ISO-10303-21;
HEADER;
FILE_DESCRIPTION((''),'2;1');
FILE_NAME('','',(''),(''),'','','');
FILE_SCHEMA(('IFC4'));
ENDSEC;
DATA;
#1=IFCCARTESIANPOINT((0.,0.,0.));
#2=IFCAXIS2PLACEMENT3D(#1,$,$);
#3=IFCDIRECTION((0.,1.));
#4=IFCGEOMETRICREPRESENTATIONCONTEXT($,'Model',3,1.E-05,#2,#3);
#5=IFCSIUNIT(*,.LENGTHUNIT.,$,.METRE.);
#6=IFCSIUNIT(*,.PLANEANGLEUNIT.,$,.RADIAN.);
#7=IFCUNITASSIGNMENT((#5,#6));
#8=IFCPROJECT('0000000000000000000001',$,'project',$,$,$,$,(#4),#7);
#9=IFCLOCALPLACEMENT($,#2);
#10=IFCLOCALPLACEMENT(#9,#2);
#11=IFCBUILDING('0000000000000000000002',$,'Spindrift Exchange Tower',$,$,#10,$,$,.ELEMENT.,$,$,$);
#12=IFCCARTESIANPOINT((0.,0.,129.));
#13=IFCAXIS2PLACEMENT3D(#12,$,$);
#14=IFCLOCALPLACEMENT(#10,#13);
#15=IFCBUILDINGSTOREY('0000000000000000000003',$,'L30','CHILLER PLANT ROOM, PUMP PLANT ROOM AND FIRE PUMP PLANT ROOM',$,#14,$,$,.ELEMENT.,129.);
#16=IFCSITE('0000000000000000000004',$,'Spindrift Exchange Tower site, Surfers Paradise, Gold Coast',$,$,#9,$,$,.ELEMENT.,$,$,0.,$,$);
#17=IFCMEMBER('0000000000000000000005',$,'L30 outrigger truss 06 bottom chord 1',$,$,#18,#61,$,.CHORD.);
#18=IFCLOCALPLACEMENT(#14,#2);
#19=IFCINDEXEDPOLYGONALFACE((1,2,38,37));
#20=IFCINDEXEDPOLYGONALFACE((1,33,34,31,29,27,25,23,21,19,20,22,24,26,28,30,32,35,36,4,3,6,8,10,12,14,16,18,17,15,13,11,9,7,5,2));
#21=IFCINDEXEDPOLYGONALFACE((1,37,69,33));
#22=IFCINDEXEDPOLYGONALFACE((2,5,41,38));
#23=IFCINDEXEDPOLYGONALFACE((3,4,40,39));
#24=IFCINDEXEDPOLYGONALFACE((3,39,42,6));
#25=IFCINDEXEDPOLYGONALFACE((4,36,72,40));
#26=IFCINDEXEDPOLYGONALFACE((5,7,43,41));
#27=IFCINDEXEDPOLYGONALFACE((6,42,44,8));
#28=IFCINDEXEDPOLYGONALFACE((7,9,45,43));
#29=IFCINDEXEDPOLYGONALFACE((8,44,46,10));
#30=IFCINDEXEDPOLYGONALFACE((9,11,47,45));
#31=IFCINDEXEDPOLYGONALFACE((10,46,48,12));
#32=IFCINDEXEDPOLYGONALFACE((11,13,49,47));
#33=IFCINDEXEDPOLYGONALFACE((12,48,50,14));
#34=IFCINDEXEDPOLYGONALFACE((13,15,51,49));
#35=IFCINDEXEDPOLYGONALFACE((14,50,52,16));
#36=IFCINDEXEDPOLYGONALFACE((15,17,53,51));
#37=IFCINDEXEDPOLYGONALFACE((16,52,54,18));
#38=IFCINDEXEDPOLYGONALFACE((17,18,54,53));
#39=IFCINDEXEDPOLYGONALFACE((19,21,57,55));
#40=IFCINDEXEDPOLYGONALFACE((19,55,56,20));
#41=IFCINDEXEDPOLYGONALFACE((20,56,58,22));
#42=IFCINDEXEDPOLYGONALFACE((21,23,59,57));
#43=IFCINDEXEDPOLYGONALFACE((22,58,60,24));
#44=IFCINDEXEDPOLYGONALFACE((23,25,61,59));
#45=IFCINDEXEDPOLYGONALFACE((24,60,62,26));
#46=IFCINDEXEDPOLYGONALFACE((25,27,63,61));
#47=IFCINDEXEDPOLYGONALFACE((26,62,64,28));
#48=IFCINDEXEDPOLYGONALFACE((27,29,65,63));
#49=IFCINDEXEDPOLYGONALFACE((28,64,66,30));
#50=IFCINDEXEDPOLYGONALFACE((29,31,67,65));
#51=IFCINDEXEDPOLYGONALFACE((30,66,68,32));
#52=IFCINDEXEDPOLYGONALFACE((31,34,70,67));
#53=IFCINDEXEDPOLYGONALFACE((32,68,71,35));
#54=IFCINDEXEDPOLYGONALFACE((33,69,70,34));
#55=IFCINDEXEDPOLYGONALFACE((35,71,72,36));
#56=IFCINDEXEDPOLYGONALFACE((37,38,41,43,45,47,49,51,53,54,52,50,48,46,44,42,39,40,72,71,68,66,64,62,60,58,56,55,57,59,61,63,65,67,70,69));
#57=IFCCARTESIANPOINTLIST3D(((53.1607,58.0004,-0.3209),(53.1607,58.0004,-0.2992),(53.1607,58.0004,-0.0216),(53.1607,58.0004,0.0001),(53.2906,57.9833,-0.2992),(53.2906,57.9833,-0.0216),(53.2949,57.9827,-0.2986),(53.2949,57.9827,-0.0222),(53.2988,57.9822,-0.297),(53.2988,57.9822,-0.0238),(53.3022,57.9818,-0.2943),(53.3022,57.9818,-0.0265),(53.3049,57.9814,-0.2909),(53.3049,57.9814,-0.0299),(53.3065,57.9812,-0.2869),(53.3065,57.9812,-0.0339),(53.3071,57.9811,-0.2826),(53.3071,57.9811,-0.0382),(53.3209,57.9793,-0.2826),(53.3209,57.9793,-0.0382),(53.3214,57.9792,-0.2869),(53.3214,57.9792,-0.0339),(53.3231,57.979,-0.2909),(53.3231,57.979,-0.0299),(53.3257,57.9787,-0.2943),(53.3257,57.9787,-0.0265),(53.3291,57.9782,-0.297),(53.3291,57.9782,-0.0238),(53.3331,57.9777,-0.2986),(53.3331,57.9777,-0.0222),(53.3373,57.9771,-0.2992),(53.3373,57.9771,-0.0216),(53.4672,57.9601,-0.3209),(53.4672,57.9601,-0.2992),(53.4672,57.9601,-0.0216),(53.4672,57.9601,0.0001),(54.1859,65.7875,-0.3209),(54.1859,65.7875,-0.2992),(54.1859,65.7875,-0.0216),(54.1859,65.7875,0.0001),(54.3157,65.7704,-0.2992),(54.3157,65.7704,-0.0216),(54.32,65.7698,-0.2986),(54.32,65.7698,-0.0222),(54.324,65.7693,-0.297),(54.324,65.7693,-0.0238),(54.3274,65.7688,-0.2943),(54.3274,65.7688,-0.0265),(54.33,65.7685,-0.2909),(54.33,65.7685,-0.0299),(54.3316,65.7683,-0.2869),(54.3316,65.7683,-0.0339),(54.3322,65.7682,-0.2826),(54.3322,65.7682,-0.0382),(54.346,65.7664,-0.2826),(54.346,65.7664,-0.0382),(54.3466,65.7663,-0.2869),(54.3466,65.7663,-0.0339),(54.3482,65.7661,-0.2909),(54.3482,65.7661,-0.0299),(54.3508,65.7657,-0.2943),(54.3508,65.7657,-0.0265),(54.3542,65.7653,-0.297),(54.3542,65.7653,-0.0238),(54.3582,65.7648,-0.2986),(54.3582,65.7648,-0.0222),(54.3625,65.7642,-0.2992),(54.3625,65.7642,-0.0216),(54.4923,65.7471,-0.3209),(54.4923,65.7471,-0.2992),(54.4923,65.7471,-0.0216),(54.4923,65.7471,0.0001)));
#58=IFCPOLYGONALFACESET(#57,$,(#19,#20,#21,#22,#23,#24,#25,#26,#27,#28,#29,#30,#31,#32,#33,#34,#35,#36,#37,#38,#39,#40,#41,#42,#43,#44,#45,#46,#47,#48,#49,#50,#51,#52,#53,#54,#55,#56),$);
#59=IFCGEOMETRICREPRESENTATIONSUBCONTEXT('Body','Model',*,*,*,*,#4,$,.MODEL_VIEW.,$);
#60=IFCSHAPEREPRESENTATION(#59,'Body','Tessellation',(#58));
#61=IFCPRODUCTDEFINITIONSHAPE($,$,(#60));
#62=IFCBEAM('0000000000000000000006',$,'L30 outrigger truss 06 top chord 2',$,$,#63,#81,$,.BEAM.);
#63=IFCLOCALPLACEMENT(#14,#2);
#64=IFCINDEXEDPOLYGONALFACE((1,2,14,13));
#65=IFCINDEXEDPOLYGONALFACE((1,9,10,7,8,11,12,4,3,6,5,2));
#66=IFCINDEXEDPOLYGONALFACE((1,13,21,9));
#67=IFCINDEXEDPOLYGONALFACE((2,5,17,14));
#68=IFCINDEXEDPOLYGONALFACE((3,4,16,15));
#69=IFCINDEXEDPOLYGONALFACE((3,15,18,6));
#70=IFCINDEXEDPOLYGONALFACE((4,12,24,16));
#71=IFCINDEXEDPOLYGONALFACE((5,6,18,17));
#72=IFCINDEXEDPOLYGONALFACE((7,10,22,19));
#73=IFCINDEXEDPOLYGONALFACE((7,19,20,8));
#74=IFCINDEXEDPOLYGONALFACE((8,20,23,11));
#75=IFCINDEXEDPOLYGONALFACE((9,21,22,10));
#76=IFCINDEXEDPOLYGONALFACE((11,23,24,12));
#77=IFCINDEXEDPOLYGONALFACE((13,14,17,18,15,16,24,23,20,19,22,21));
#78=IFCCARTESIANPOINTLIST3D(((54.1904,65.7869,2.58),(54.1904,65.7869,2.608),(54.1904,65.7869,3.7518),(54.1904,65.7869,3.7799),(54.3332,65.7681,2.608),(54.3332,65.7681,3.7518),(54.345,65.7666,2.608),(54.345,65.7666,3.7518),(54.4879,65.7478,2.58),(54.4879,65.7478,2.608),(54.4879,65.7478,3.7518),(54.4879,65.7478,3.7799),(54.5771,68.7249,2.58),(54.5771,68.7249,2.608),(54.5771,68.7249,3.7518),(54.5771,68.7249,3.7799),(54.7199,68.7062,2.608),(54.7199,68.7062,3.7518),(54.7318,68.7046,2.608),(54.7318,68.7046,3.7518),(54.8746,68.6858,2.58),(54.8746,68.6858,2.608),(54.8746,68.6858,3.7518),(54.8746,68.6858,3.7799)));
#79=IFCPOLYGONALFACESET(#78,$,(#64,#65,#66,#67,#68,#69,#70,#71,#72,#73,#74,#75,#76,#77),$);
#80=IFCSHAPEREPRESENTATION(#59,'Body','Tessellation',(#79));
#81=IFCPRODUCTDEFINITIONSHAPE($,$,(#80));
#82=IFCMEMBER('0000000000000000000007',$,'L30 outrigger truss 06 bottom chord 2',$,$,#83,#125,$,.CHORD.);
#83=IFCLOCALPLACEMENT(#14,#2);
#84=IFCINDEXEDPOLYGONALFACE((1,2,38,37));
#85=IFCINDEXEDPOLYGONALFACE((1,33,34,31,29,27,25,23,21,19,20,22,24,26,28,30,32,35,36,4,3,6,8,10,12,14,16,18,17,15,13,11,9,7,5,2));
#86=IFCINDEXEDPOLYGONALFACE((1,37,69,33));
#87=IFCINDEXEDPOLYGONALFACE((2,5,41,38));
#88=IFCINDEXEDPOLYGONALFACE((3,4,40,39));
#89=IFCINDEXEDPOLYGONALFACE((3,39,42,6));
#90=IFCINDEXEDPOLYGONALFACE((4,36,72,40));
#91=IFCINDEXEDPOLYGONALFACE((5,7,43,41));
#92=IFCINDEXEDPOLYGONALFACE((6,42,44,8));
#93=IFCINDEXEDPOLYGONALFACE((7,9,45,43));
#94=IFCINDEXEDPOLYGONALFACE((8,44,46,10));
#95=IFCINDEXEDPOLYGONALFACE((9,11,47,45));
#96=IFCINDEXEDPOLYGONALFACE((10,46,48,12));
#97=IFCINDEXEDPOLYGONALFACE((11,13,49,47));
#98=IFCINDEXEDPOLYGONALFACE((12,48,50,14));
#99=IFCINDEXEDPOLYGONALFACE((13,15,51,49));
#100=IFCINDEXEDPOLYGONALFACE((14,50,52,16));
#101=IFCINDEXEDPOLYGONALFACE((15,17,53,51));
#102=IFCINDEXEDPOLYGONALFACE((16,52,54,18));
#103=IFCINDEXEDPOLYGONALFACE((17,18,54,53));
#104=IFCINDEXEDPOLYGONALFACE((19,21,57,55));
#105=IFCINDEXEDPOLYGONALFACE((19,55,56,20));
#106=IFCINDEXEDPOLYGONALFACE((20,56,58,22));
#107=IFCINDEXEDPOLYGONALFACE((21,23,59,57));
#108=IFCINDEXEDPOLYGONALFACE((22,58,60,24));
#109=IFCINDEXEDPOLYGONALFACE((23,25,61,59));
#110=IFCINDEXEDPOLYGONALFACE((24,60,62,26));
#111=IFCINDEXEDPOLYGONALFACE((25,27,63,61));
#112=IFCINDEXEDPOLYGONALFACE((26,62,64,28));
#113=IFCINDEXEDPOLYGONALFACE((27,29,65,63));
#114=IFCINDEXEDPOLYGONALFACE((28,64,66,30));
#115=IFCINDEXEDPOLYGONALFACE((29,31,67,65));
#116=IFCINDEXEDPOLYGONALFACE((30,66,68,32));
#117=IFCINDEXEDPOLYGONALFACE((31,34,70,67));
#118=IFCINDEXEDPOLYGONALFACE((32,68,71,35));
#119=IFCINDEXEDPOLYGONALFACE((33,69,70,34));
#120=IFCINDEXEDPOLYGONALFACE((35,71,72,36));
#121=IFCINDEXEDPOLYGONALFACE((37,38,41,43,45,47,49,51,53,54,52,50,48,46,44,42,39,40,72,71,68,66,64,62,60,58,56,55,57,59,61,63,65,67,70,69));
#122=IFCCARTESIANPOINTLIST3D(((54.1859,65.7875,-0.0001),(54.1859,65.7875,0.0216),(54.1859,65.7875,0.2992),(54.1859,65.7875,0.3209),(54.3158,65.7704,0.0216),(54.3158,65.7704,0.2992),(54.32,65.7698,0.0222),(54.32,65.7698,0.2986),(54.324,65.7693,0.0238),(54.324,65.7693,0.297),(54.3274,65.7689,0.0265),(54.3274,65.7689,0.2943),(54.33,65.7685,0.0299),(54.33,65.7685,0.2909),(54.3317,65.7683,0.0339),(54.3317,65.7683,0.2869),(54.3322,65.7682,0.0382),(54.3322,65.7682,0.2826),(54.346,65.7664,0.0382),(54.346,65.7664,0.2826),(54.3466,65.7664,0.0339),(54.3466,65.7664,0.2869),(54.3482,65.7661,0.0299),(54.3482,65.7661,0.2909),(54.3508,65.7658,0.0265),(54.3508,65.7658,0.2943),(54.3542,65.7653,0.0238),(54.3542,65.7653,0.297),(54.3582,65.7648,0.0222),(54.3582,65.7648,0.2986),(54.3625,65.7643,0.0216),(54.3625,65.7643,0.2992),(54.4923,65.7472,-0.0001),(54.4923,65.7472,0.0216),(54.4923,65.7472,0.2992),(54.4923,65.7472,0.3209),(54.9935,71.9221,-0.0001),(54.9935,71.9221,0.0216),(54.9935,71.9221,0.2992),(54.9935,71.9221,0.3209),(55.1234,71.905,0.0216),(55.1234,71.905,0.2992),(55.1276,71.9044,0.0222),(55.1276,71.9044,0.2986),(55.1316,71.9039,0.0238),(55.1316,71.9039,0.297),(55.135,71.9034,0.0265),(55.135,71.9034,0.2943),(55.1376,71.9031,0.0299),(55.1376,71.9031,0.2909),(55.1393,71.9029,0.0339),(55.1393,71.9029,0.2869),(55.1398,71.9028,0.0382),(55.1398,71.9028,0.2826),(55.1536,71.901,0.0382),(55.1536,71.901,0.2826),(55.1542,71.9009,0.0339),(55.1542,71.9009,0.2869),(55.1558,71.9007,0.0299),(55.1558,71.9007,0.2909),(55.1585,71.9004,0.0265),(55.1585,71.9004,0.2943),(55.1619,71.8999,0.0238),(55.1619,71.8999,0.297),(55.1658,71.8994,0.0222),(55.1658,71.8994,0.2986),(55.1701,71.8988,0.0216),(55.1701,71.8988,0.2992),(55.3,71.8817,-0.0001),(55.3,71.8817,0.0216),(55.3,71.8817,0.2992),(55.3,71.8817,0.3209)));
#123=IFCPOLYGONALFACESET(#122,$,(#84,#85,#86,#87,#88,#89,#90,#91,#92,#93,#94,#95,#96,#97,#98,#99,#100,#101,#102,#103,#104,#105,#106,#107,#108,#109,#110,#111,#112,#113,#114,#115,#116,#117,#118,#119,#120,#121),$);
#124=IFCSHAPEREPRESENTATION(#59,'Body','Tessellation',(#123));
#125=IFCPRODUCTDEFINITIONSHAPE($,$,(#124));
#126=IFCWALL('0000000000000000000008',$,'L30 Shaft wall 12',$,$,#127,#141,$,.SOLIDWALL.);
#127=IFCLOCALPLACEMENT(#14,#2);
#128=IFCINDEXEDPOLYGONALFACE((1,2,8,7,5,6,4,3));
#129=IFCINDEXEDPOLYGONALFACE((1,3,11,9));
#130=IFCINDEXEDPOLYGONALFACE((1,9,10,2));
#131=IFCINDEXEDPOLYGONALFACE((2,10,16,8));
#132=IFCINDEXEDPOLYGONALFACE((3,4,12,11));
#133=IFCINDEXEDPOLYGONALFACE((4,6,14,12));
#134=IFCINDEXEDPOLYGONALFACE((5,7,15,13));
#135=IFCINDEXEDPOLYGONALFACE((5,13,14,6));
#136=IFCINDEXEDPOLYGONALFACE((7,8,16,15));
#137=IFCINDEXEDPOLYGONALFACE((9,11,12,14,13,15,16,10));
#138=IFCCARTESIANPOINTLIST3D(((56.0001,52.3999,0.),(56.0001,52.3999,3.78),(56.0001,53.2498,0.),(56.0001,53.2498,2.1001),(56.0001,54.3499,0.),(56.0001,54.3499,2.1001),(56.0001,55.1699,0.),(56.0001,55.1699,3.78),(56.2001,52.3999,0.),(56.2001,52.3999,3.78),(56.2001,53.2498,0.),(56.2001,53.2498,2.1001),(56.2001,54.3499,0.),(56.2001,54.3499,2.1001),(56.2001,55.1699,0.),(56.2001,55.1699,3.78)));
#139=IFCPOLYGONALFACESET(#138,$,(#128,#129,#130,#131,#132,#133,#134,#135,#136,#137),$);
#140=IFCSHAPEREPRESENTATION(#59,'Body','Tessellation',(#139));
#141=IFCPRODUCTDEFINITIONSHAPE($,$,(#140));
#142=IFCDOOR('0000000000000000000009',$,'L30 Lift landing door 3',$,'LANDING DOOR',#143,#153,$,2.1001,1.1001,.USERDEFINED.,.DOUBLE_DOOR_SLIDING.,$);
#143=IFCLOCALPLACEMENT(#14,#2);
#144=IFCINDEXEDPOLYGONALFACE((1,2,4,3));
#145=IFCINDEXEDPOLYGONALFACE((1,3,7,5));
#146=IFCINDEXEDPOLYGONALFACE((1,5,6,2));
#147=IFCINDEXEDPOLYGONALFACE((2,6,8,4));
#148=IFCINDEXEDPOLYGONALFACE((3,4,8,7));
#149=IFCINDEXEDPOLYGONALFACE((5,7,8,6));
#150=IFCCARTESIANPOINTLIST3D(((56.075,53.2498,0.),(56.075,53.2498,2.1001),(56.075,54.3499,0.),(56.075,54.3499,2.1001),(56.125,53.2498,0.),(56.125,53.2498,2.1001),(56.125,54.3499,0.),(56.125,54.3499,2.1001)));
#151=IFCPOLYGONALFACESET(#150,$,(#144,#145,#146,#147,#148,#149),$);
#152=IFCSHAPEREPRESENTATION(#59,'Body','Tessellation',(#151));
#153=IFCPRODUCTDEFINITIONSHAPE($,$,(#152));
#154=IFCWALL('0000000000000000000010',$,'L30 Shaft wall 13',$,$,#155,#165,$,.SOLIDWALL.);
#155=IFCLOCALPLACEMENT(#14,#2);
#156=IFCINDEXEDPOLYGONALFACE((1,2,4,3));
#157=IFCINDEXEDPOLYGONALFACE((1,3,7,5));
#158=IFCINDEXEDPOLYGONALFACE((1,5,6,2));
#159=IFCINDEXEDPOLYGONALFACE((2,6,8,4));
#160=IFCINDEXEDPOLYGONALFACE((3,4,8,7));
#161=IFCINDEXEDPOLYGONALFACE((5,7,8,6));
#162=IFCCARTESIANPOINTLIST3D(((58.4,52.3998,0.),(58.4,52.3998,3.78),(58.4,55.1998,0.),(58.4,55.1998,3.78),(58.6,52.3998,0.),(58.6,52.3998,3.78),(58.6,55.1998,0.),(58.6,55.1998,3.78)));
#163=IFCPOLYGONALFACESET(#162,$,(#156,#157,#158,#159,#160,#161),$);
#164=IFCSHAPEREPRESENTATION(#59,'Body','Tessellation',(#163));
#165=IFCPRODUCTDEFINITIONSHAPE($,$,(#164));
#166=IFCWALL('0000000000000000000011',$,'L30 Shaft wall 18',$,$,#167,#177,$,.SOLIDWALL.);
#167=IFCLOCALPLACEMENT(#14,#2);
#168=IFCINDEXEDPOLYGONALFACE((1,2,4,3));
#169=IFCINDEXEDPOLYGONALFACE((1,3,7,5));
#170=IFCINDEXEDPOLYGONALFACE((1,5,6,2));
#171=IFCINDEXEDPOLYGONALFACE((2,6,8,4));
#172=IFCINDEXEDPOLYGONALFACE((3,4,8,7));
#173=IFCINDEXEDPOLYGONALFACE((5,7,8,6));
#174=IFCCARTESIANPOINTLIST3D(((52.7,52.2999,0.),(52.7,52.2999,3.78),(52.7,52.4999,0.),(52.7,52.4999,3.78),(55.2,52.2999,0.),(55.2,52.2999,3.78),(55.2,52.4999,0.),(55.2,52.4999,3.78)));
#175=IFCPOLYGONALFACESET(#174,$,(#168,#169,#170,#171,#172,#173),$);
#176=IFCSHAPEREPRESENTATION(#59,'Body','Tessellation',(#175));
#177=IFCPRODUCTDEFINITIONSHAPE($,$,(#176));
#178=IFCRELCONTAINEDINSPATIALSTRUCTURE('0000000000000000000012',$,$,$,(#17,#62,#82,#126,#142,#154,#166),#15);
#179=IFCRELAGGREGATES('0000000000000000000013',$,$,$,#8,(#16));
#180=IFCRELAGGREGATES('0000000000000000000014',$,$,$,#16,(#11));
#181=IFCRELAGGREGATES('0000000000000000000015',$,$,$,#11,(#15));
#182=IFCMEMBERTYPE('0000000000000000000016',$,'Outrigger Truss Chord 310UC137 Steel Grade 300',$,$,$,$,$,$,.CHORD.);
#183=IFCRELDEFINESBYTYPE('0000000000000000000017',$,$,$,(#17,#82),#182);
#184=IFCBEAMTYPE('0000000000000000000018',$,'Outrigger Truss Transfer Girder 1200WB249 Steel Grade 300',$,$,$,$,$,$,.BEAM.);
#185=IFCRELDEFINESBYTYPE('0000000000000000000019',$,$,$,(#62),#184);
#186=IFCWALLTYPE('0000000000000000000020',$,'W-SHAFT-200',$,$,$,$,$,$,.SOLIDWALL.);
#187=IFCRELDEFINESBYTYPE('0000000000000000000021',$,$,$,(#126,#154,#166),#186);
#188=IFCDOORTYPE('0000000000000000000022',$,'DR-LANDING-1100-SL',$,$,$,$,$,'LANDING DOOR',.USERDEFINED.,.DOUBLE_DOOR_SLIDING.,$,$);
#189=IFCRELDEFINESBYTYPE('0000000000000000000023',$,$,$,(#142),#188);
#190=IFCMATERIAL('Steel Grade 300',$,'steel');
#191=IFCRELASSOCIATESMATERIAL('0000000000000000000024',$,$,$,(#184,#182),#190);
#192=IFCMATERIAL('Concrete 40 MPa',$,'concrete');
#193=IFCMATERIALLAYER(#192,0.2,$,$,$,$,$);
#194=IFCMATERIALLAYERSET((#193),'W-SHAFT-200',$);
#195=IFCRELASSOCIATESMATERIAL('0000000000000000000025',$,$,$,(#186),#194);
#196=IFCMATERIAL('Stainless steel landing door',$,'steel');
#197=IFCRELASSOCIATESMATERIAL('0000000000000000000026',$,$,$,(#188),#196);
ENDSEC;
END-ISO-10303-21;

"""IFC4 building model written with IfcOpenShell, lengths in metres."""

from ifc_helpers import new_model, si_unit, direction, frame, frame_2d, origin, origin_2d, place, context, subcontext, project, spatial, rectangle, i_section, extrude, source, transform, mapped, material, layer, layer_set, material_profile, profile_set, type_object, element, fill, save


model = new_model("IFC4")

# Units and contexts
model_context = context("Model", 3, precision=1e-05, world=origin(), true_north=direction((0.0, 1.0)))
body_context = subcontext(model_context, "Body", "Model", "MODEL_VIEW")
ifc_project = project(units=[si_unit("LENGTHUNIT", "METRE"), si_unit("PLANEANGLEUNIT", "RADIAN")], contexts=[model_context])

# Site, building, storey
site_placement = place(None, origin())
site = spatial("IfcSite", under=ifc_project, at=site_placement, Name="Spindrift Exchange Tower site, Surfers Paradise, Gold Coast", CompositionType="ELEMENT", RefElevation=0.0)
building_placement = place(site_placement, origin())
building = spatial("IfcBuilding", under=site, at=building_placement, Name="Spindrift Exchange Tower", CompositionType="ELEMENT")
storey_placement = place(building_placement, frame((0.0, 0.0, 129.0)))
storey = spatial("IfcBuildingStorey", under=building, at=storey_placement, Name="L30", Description="CHILLER PLANT ROOM, PUMP PLANT ROOM AND FIRE PUMP PLANT ROOM", CompositionType="ELEMENT", Elevation=129.0)

# Shared definitions
ifc_material_1 = material(Name="Steel Grade 300", Category="steel")
ifc_material_profile_1 = material_profile(ifc_material_1, i_section(OverallWidth=0.3, OverallDepth=1.2, WebThickness=0.012, FlangeThickness=0.0281, at=origin_2d()), Name="1200WB249")
ifc_profile_set_1 = profile_set([ifc_material_profile_1], Name="Steel Grade 300")
beam_type = type_object("IfcBeamType", Name="Outrigger Truss Transfer Girder 1200WB249 Steel Grade 300", PredefinedType="BEAM", material=ifc_profile_set_1)

# Shared definitions
ifc_material_profile_2 = material_profile(ifc_material_1, i_section(OverallWidth=0.3091, OverallDepth=0.321, WebThickness=0.0139, FlangeThickness=0.0217, FilletRadius=0.0166, at=origin_2d()), Name="310UC137")
ifc_profile_set_2 = profile_set([ifc_material_profile_2], Name="Steel Grade 300")
member_type_1 = type_object("IfcMemberType", Name="Outrigger Truss Chord 310UC137 Steel Grade 300", PredefinedType="CHORD", material=ifc_profile_set_2)

# Member
shared_shape_1 = source(origin(), body_context, "Body", "SweptSolid", [
    extrude(i_section(OverallWidth=0.3091, OverallDepth=0.321, WebThickness=0.0139, FlangeThickness=0.0217, FilletRadius=0.0166, at=origin_2d()), origin(), (0.0, 0.0, 1.0), 7.8542),
])
member_1_placement = place(storey_placement, frame((53.314, 57.9802, -0.1604), z_axis=(0.13052, 0.991446, 0.0), x_axis=(-0.991446, 0.13052, 0.0)))
element("IfcMember", 1, at=member_1_placement, inside=storey, type_object=member_type_1, Name="L30 outrigger truss 06 bottom chord 1", PredefinedType="CHORD", context=body_context, shape_type="MappedRepresentation", body=[
    mapped(shared_shape_1, transform((0.0, 0.0, 0.0), scale=1.0)),
])

# Beam
shared_shape_2 = source(origin(), body_context, "Body", "SweptSolid", [
    extrude(i_section(OverallWidth=0.3, OverallDepth=1.2, WebThickness=0.012, FlangeThickness=0.0281, at=origin_2d()), origin(), (0.0, 0.0, 1.0), 2.9634),
])
beam_1_placement = place(storey_placement, frame((54.3391, 65.7673, 3.1799), z_axis=(0.130501, 0.991448, 0.0), x_axis=(-0.991448, 0.130501, 0.0)))
element("IfcBeam", 2, at=beam_1_placement, inside=storey, type_object=beam_type, Name="L30 outrigger truss 06 top chord 2", PredefinedType="BEAM", context=body_context, shape_type="MappedRepresentation", body=[
    mapped(shared_shape_2, transform((0.0, 0.0, 0.0), scale=1.0)),
])

# Member
shared_shape_3 = source(origin(), body_context, "Body", "SweptSolid", [
    extrude(i_section(OverallWidth=0.3091, OverallDepth=0.321, WebThickness=0.0139, FlangeThickness=0.0217, FilletRadius=0.0166, at=origin_2d()), origin(), (0.0, 0.0, 1.0), 6.1875),
])
member_2_placement = place(storey_placement, frame((54.3391, 65.7673, 0.1604), z_axis=(0.130525, 0.991445, 0.0), x_axis=(-0.991445, 0.130525, 0.0)))
element("IfcMember", 3, at=member_2_placement, inside=storey, type_object=member_type_1, Name="L30 outrigger truss 06 bottom chord 2", PredefinedType="CHORD", context=body_context, shape_type="MappedRepresentation", body=[
    mapped(shared_shape_3, transform((0.0, 0.0, 0.0), scale=1.0)),
])

# Wall, opening, door
ifc_material_2 = material(Name="Concrete 40 MPa", Category="concrete")
ifc_layer_1 = layer(ifc_material_2, 0.2)
ifc_layer_set_1 = layer_set([ifc_layer_1], Name="W-SHAFT-200")
wall_type_1 = type_object("IfcWallType", Name="W-SHAFT-200", PredefinedType="SOLIDWALL", material=ifc_layer_set_1)
wall_1_placement = place(storey_placement, frame((56.1001, 55.1699, 0.0), z_axis=(0.0, 0.0, 1.0), x_axis=(0.0, -1.0, 0.0)))
wall_1 = element("IfcWall", 4, at=wall_1_placement, inside=storey, type_object=wall_type_1, Name="L30 Shaft wall 12", PredefinedType="SOLIDWALL", context=body_context, shape_type="SweptSolid", body=[
    extrude(rectangle(XDim=2.77, YDim=0.2, at=frame_2d((1.385, 0.0))), origin(), (0.0, 0.0, 1.0), 3.78),
])
opening_1_placement = place(wall_1_placement, frame((0.8201, 0.0, 0.0)))
opening_1 = element("IfcOpeningElement", 5, at=opening_1_placement, cuts=wall_1, PredefinedType="OPENING", context=body_context, shape_type="SweptSolid", body=[
    extrude(rectangle(XDim=1.1001, YDim=2.1001, at=frame_2d((0.55, 1.05))), frame((0.0, 0.1099, 0.0), z_axis=(0.0, -1.0, 0.0), x_axis=(1.0, 0.0, 0.0)), (0.0, 0.0, 1.0), 0.22),
])
ifc_material_3 = material(Name="Stainless steel landing door", Category="steel")
door_type_1 = type_object("IfcDoorType", Name="DR-LANDING-1100-SL", ElementType="LANDING DOOR", OperationType="DOUBLE_DOOR_SLIDING", PredefinedType="USERDEFINED", material=ifc_material_3)
shared_shape_4 = source(origin(), body_context, "Body", "SweptSolid", [
    extrude(rectangle(XDim=1.1001, YDim=2.1001, at=frame_2d((0.55, 1.05))), frame((0.0, 0.0249, 0.0), z_axis=(0.0, -1.0, 0.0), x_axis=(1.0, 0.0, 0.0)), (0.0, 0.0, 1.0), 0.05),
])
door_1_placement = place(opening_1_placement, origin())
door_1 = element("IfcDoor", 6, at=door_1_placement, inside=storey, type_object=door_type_1, Name="L30 Lift landing door 3", ObjectType="LANDING DOOR", OperationType="DOUBLE_DOOR_SLIDING", OverallHeight=2.1001, OverallWidth=1.1001, PredefinedType="USERDEFINED", context=body_context, shape_type="MappedRepresentation", body=[
    mapped(shared_shape_4, transform((0.0, 0.0, 0.0), scale=1.0)),
])
fill(opening_1, door_1)

# Walls
wall_2_placement = place(storey_placement, frame((58.5, 52.3999, 0.0), z_axis=(0.0, 0.0, 1.0), x_axis=(0.0, 1.0, 0.0)))
element("IfcWall", 7, at=wall_2_placement, inside=storey, type_object=wall_type_1, Name="L30 Shaft wall 13", PredefinedType="SOLIDWALL", context=body_context, shape_type="SweptSolid", body=[
    extrude(rectangle(XDim=2.8, YDim=0.2, at=frame_2d((1.3999, 0.0))), origin(), (0.0, 0.0, 1.0), 3.78),
])
wall_3_placement = place(storey_placement, frame((55.2, 52.3999, 0.0), z_axis=(0.0, 0.0, 1.0), x_axis=(-1.0, 0.0, 0.0)))
element("IfcWall", 8, at=wall_3_placement, inside=storey, type_object=wall_type_1, Name="L30 Shaft wall 18", PredefinedType="SOLIDWALL", context=body_context, shape_type="SweptSolid", body=[
    extrude(rectangle(XDim=2.5, YDim=0.2, at=frame_2d((1.25, 0.0))), origin(), (0.0, 0.0, 1.0), 3.78),
])

save(model, "model.ifc")
